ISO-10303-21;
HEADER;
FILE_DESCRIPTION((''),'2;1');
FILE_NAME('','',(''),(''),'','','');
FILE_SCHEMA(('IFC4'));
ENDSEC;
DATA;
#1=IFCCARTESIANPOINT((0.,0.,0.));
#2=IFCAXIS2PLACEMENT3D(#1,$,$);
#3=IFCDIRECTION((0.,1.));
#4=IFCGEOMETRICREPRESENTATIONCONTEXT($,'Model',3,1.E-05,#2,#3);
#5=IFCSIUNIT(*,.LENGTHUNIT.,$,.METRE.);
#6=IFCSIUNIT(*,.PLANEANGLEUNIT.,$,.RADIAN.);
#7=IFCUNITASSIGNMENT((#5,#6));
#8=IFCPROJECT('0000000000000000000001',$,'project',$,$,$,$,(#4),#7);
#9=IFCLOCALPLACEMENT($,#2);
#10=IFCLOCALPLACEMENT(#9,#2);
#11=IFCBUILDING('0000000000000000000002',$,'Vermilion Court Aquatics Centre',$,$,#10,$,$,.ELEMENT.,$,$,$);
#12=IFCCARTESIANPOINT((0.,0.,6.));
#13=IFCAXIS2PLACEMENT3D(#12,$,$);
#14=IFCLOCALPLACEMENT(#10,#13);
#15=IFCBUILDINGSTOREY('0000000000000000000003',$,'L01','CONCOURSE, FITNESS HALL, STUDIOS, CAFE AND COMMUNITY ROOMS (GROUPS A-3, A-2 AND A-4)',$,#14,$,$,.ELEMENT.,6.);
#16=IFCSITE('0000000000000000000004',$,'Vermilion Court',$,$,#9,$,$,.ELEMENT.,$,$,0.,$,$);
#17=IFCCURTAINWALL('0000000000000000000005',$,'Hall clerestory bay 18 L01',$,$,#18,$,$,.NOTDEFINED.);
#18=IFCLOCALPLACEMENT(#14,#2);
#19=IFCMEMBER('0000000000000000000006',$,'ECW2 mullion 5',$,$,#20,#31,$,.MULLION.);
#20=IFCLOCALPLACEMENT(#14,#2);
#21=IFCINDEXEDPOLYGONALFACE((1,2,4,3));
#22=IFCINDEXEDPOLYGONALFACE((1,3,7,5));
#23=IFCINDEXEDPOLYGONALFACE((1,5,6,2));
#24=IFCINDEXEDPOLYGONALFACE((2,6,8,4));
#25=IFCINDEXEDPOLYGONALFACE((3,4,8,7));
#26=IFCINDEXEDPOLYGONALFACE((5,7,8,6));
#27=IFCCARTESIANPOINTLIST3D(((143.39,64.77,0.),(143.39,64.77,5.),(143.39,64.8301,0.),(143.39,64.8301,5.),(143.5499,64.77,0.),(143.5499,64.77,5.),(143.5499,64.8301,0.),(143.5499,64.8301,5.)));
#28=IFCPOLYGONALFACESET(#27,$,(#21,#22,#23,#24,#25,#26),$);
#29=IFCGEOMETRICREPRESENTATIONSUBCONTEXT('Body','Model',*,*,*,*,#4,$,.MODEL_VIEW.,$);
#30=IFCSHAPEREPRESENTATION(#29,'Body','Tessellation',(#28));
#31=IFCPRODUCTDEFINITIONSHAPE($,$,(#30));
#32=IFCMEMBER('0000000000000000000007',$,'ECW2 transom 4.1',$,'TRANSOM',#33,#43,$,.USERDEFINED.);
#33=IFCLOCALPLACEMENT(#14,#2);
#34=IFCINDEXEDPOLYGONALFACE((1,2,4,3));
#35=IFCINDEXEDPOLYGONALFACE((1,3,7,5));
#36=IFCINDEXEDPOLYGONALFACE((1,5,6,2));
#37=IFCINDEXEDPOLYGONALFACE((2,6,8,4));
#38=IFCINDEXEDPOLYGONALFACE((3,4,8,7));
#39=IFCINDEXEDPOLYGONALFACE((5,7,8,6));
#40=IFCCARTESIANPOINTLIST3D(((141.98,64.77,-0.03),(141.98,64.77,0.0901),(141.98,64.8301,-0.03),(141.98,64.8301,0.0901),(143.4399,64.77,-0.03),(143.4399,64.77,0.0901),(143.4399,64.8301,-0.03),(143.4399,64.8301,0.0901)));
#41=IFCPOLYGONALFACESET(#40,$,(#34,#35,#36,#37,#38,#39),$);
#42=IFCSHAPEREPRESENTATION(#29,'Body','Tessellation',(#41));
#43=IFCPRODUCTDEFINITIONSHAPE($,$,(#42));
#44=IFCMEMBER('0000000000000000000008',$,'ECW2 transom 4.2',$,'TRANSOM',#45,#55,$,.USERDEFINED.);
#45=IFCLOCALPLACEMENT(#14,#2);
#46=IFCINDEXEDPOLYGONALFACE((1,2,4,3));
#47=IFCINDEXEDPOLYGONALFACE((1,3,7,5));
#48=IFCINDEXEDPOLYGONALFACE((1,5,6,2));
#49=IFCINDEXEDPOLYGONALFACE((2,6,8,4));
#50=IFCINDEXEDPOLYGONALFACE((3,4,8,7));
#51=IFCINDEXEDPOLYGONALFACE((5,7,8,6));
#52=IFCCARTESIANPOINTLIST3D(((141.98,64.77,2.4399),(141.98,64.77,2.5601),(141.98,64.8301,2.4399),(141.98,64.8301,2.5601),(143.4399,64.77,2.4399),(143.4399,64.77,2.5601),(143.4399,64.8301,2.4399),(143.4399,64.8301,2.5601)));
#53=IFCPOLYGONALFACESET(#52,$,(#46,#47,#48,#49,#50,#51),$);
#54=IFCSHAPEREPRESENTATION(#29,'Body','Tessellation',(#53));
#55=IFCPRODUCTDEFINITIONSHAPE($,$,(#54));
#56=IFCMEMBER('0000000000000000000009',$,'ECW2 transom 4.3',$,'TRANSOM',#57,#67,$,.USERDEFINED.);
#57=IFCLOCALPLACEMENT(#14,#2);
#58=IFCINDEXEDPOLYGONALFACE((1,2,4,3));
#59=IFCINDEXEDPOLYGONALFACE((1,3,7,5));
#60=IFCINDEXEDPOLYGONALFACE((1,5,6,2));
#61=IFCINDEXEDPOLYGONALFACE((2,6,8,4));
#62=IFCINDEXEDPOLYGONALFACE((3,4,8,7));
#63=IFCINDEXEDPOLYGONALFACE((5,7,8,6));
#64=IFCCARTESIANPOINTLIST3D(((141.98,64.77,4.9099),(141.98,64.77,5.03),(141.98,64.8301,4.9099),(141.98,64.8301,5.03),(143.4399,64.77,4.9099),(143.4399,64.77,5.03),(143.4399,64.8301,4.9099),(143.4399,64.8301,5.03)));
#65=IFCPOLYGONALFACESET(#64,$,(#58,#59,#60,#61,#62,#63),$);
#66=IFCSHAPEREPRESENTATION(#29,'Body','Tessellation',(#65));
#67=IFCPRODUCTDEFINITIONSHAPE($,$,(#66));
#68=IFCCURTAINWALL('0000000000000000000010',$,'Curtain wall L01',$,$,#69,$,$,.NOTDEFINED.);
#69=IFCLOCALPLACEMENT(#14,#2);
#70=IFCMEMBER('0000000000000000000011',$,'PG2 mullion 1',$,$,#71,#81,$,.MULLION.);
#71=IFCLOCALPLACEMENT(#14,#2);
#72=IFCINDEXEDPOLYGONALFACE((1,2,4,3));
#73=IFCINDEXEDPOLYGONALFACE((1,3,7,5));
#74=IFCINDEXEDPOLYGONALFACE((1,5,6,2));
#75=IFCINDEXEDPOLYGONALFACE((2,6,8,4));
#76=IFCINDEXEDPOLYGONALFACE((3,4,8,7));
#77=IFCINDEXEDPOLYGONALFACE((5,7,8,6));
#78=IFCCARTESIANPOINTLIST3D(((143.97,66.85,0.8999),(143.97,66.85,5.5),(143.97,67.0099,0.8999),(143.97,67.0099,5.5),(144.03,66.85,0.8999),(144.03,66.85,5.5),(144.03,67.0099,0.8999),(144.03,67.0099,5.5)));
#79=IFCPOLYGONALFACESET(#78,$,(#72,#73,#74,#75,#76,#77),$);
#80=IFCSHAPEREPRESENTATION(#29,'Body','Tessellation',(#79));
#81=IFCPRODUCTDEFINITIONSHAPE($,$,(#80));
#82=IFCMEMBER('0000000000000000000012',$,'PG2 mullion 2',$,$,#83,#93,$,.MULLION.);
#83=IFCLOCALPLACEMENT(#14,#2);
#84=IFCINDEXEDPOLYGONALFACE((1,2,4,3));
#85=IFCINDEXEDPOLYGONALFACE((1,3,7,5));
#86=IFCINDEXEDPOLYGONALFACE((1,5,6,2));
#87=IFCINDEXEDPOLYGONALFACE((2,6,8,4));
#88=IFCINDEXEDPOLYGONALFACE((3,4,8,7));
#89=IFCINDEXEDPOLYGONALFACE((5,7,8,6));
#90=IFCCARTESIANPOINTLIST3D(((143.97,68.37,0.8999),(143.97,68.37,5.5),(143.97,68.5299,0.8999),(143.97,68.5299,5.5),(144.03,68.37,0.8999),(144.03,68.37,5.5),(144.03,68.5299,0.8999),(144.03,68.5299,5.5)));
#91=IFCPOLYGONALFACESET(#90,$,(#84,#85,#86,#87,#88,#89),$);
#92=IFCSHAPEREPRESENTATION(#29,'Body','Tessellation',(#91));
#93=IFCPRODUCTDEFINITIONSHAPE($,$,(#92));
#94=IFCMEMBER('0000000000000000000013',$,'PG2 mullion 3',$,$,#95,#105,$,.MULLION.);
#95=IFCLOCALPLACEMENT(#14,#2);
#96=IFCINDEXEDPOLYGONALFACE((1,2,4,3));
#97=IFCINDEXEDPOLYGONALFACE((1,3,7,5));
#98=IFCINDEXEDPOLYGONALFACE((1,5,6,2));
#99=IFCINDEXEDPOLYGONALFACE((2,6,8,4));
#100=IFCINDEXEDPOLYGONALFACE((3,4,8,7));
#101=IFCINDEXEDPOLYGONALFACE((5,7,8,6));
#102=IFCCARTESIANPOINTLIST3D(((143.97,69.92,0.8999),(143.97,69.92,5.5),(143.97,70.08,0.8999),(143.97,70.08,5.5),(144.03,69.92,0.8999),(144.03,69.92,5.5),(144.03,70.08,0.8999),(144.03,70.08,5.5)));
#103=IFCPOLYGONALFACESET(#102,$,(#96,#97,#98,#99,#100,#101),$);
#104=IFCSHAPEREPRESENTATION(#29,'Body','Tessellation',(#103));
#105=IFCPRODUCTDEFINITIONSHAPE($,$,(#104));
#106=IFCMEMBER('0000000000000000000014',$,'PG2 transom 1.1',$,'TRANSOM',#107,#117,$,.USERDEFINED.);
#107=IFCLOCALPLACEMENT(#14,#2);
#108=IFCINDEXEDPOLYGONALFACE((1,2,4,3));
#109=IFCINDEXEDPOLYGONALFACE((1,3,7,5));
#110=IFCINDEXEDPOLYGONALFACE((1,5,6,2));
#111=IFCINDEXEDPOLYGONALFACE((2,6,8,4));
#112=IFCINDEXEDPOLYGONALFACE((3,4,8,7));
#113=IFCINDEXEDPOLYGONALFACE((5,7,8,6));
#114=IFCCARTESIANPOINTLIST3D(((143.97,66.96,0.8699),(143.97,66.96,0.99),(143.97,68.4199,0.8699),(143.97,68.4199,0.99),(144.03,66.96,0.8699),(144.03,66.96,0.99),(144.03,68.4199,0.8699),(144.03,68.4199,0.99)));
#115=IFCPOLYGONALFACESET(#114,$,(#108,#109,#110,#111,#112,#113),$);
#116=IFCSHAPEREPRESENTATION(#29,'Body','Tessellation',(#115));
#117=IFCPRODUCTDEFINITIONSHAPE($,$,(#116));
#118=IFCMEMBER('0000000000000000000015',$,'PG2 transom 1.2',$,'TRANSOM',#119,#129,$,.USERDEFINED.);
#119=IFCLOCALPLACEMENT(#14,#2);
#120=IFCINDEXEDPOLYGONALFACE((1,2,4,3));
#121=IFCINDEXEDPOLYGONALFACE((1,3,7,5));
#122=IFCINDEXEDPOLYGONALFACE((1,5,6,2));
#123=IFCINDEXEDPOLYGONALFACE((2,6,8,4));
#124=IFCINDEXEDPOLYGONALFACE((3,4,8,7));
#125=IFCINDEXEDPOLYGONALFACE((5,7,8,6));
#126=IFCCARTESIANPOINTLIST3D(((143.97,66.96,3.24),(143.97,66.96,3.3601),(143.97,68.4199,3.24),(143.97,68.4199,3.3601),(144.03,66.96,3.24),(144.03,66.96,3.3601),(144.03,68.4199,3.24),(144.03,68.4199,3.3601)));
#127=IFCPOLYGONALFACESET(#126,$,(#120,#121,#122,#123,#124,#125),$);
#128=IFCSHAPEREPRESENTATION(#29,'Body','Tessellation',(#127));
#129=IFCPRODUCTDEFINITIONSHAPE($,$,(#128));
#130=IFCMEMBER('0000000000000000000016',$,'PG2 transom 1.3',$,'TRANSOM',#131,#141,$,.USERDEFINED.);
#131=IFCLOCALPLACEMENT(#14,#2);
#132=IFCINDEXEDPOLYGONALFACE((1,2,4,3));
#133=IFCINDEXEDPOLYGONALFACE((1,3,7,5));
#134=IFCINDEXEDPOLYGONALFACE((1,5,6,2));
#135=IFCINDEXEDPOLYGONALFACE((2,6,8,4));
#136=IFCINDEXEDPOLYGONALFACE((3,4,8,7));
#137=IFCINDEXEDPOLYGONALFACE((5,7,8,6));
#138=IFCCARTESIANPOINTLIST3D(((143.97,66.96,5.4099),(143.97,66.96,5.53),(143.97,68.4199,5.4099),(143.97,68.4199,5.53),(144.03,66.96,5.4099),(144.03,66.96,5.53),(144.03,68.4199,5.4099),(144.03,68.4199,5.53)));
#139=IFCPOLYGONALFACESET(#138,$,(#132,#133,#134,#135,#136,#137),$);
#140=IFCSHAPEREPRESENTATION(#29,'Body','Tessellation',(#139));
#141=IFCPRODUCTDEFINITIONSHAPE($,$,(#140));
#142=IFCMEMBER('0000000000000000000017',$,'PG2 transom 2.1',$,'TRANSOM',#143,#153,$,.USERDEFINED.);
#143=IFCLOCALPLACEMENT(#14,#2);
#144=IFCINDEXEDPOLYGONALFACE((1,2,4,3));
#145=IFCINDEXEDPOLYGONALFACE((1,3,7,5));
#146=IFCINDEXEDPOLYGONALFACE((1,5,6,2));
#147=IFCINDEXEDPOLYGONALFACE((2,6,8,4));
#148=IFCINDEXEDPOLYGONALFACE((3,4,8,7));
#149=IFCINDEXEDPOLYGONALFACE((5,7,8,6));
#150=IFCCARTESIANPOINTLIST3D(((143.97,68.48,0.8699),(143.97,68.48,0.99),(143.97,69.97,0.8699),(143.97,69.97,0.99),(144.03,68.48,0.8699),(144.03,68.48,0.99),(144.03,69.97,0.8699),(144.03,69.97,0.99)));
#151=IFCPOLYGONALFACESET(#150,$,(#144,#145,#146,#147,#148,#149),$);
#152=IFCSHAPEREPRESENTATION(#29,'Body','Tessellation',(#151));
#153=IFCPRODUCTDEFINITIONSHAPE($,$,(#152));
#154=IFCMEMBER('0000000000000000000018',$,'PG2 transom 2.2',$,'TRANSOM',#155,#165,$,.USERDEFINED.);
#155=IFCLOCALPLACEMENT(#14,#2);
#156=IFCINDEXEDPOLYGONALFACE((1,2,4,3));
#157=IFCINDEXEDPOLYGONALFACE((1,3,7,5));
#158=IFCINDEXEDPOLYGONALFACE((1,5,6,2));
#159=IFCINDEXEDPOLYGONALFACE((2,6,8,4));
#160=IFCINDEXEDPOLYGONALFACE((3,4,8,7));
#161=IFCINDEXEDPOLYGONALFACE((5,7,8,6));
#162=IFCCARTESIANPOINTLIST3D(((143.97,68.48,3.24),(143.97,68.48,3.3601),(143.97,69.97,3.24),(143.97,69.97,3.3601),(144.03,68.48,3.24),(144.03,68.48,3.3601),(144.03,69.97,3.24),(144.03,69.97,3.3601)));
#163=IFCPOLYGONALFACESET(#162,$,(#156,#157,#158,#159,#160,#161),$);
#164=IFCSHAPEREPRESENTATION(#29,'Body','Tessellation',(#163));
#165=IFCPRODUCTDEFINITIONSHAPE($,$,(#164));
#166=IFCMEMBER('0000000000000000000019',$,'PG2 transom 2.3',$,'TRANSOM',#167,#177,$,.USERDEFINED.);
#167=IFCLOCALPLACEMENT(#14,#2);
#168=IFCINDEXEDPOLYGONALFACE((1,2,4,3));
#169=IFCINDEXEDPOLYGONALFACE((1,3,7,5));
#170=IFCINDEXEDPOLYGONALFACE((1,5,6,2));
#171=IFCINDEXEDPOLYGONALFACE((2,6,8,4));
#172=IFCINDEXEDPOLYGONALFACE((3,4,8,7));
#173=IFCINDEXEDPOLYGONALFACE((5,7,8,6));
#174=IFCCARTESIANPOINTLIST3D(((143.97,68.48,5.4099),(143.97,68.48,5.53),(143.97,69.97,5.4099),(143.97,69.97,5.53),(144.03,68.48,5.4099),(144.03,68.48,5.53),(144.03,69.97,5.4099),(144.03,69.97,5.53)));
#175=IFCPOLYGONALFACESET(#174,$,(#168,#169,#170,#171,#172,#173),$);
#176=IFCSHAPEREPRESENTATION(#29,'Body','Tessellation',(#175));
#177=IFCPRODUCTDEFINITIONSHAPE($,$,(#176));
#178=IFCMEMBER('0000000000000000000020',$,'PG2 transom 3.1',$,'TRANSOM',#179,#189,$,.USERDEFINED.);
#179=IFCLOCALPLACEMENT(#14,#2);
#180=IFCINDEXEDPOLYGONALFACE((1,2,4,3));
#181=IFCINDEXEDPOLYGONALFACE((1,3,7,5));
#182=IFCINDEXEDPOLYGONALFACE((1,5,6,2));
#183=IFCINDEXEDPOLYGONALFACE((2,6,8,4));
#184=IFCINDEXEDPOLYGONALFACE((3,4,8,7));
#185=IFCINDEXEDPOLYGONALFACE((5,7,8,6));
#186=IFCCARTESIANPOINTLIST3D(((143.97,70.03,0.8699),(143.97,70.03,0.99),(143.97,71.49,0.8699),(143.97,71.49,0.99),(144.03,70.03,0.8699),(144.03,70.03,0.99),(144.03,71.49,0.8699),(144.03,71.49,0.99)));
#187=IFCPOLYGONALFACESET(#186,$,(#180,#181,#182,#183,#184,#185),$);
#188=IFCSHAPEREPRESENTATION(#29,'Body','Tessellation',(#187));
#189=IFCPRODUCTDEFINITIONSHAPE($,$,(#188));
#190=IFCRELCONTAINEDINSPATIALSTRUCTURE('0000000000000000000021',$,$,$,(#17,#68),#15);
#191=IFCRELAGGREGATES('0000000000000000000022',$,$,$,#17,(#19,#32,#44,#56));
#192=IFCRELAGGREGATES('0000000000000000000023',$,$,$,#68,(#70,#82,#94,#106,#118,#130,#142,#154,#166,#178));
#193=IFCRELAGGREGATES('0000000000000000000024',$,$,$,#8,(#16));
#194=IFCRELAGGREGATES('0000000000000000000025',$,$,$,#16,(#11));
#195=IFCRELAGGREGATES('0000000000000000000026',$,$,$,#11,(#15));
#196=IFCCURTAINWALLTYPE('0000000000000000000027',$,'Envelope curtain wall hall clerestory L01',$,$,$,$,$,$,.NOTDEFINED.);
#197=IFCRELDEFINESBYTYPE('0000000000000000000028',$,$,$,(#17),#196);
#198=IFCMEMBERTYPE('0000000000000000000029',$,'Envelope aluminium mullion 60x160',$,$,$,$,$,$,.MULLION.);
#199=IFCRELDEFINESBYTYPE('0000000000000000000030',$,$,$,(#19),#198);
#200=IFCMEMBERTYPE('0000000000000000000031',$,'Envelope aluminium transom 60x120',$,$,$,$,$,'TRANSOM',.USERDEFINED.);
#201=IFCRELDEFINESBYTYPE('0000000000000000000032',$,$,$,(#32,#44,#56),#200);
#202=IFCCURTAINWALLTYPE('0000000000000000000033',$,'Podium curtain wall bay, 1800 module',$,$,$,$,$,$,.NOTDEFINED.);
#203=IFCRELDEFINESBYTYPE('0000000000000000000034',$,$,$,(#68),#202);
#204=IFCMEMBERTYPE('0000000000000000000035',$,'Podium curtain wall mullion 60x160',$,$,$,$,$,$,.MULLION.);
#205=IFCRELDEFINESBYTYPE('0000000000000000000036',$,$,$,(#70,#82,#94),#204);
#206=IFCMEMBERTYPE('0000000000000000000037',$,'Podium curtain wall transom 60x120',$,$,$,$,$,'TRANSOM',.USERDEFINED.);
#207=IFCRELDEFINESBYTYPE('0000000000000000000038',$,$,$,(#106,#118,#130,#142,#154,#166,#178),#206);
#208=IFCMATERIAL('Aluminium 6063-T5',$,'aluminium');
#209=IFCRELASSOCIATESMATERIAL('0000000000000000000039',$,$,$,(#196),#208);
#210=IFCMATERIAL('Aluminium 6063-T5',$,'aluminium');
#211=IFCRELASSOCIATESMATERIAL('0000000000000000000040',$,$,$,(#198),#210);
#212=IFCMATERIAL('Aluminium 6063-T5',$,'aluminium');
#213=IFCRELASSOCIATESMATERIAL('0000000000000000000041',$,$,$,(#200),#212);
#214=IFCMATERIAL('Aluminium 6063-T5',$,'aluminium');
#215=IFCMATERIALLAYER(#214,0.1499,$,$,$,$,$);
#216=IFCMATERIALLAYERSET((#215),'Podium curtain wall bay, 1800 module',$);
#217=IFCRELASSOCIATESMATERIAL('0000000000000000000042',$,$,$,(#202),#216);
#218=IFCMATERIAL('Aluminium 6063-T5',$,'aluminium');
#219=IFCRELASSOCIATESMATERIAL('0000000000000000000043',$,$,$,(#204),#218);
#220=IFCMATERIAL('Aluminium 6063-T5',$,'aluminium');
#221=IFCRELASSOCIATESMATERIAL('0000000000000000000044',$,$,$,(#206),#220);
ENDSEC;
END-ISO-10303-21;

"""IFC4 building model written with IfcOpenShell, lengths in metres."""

from ifc_helpers import new_model, si_unit, direction, frame, origin, origin_2d, place, context, subcontext, project, spatial, rectangle, extrude, material, layer, layer_set, material_profile, profile_set, type_object, element, aggregate, save


model = new_model("IFC4")

# Units and contexts
model_context = context("Model", 3, precision=1e-05, world=origin(), true_north=direction((0.0, 1.0)))
body_context = subcontext(model_context, "Body", "Model", "MODEL_VIEW")
ifc_project = project(units=[si_unit("LENGTHUNIT", "METRE"), si_unit("PLANEANGLEUNIT", "RADIAN")], contexts=[model_context])

# Site, building, storey
site_placement = place(None, origin())
site = spatial("IfcSite", under=ifc_project, at=site_placement, Name="Vermilion Court", CompositionType="ELEMENT", RefElevation=0.0)
building_placement = place(site_placement, origin())
building = spatial("IfcBuilding", under=site, at=building_placement, Name="Vermilion Court Aquatics Centre", CompositionType="ELEMENT")
storey_placement = place(building_placement, frame((0.0, 0.0, 6.0)))
storey = spatial("IfcBuildingStorey", under=building, at=storey_placement, Name="L01", Description="CONCOURSE, FITNESS HALL, STUDIOS, CAFE AND COMMUNITY ROOMS (GROUPS A-3, A-2 AND A-4)", CompositionType="ELEMENT", Elevation=6.0)

# Curtain walls, members
ifc_material_1 = material(Name="Aluminium 6063-T5", Category="aluminium")
curtain_wall_type_1 = type_object("IfcCurtainWallType", Name="Envelope curtain wall hall clerestory L01", PredefinedType="NOTDEFINED", material=ifc_material_1)
curtain_wall_1_placement = place(storey_placement, origin())
curtain_wall_1 = element("IfcCurtainWall", 1, at=curtain_wall_1_placement, inside=storey, type_object=curtain_wall_type_1, Name="Hall clerestory bay 18 L01", PredefinedType="NOTDEFINED")
ifc_material_2 = material(Name="Aluminium 6063-T5", Category="aluminium")
ifc_material_profile_1 = material_profile(ifc_material_2, rectangle(XDim=0.0601, YDim=0.1599, at=origin_2d()), Name="AL 60x160")
ifc_profile_set_1 = profile_set([ifc_material_profile_1], Name="Aluminium 6063-T5")
member_type_1 = type_object("IfcMemberType", Name="Envelope aluminium mullion 60x160", PredefinedType="MULLION", material=ifc_profile_set_1)
member_1_placement = place(storey_placement, frame((143.47, 64.8, 0.0), z_axis=(0.0, 0.0, 1.0), x_axis=(0.0, 1.0, 0.0)))
member_1 = element("IfcMember", 2, at=member_1_placement, type_object=member_type_1, Name="ECW2 mullion 5", PredefinedType="MULLION", context=body_context, shape_type="SweptSolid", body=[
    extrude(rectangle(XDim=0.0601, YDim=0.1599, at=origin_2d()), origin(), (0.0, 0.0, 1.0), 5.0),
])
ifc_material_3 = material(Name="Aluminium 6063-T5", Category="aluminium")
ifc_material_profile_2 = material_profile(ifc_material_3, rectangle(XDim=0.0601, YDim=0.1201, at=origin_2d()), Name="AL 60x120")
ifc_profile_set_2 = profile_set([ifc_material_profile_2], Name="Aluminium 6063-T5")
member_type_2 = type_object("IfcMemberType", Name="Envelope aluminium transom 60x120", ElementType="TRANSOM", PredefinedType="USERDEFINED", material=ifc_profile_set_2)
member_2_placement = place(storey_placement, frame((141.98, 64.8, 0.03), z_axis=(1.0, 0.0, 0.0), x_axis=(0.0, 1.0, 0.0)))
member_2 = element("IfcMember", 3, at=member_2_placement, type_object=member_type_2, Name="ECW2 transom 4.1", ObjectType="TRANSOM", PredefinedType="USERDEFINED", context=body_context, shape_type="SweptSolid", body=[
    extrude(rectangle(XDim=0.0601, YDim=0.1201, at=origin_2d()), origin(), (0.0, 0.0, 1.0), 1.46),
])
member_3_placement = place(storey_placement, frame((141.98, 64.8, 2.5), z_axis=(1.0, 0.0, 0.0), x_axis=(0.0, 1.0, 0.0)))
member_3 = element("IfcMember", 4, at=member_3_placement, type_object=member_type_2, Name="ECW2 transom 4.2", ObjectType="TRANSOM", PredefinedType="USERDEFINED", context=body_context, shape_type="SweptSolid", body=[
    extrude(rectangle(XDim=0.0601, YDim=0.1201, at=origin_2d()), origin(), (0.0, 0.0, 1.0), 1.46),
])
member_4_placement = place(storey_placement, frame((141.98, 64.8, 4.97), z_axis=(1.0, 0.0, 0.0), x_axis=(0.0, 1.0, 0.0)))
member_4 = element("IfcMember", 5, at=member_4_placement, type_object=member_type_2, Name="ECW2 transom 4.3", ObjectType="TRANSOM", PredefinedType="USERDEFINED", context=body_context, shape_type="SweptSolid", body=[
    extrude(rectangle(XDim=0.0601, YDim=0.1201, at=origin_2d()), origin(), (0.0, 0.0, 1.0), 1.46),
])
ifc_material_4 = material(Name="Aluminium 6063-T5", Category="aluminium")
ifc_layer_1 = layer(ifc_material_4, 0.1499)
ifc_layer_set_1 = layer_set([ifc_layer_1], Name="Podium curtain wall bay, 1800 module")
curtain_wall_type_2 = type_object("IfcCurtainWallType", Name="Podium curtain wall bay, 1800 module", PredefinedType="NOTDEFINED", material=ifc_layer_set_1)
curtain_wall_2_placement = place(storey_placement, origin())
curtain_wall_2 = element("IfcCurtainWall", 6, at=curtain_wall_2_placement, inside=storey, type_object=curtain_wall_type_2, Name="Curtain wall L01", PredefinedType="NOTDEFINED")
ifc_material_5 = material(Name="Aluminium 6063-T5", Category="aluminium")
ifc_material_profile_3 = material_profile(ifc_material_5, rectangle(XDim=0.0601, YDim=0.1599, at=origin_2d()), Name="Mullion 60x160")
ifc_profile_set_3 = profile_set([ifc_material_profile_3], Name="Aluminium 6063-T5")
member_type_3 = type_object("IfcMemberType", Name="Podium curtain wall mullion 60x160", PredefinedType="MULLION", material=ifc_profile_set_3)
member_5_placement = place(storey_placement, frame((144.0, 66.9299, 0.8999), z_axis=(0.0, 0.0, 1.0), x_axis=(-1.0, 0.0, 0.0)))
member_5 = element("IfcMember", 7, at=member_5_placement, type_object=member_type_3, Name="PG2 mullion 1", PredefinedType="MULLION", context=body_context, shape_type="SweptSolid", body=[
    extrude(rectangle(XDim=0.0601, YDim=0.1599, at=origin_2d()), origin(), (0.0, 0.0, 1.0), 4.6001),
])
member_6_placement = place(storey_placement, frame((144.0, 68.45, 0.8999), z_axis=(0.0, 0.0, 1.0), x_axis=(-1.0, 0.0, 0.0)))
member_6 = element("IfcMember", 8, at=member_6_placement, type_object=member_type_3, Name="PG2 mullion 2", PredefinedType="MULLION", context=body_context, shape_type="SweptSolid", body=[
    extrude(rectangle(XDim=0.0601, YDim=0.1599, at=origin_2d()), origin(), (0.0, 0.0, 1.0), 4.6001),
])
member_7_placement = place(storey_placement, frame((144.0, 70.0, 0.8999), z_axis=(0.0, 0.0, 1.0), x_axis=(-1.0, 0.0, 0.0)))
member_7 = element("IfcMember", 9, at=member_7_placement, type_object=member_type_3, Name="PG2 mullion 3", PredefinedType="MULLION", context=body_context, shape_type="SweptSolid", body=[
    extrude(rectangle(XDim=0.0601, YDim=0.1599, at=origin_2d()), origin(), (0.0, 0.0, 1.0), 4.6001),
])
ifc_material_6 = material(Name="Aluminium 6063-T5", Category="aluminium")
ifc_material_profile_4 = material_profile(ifc_material_6, rectangle(XDim=0.0601, YDim=0.1201, at=origin_2d()), Name="Transom 60x120")
ifc_profile_set_4 = profile_set([ifc_material_profile_4], Name="Aluminium 6063-T5")
member_type_4 = type_object("IfcMemberType", Name="Podium curtain wall transom 60x120", ElementType="TRANSOM", PredefinedType="USERDEFINED", material=ifc_profile_set_4)
member_8_placement = place(storey_placement, frame((144.0, 66.96, 0.9299), z_axis=(0.0, 1.0, 0.0), x_axis=(-1.0, 0.0, 0.0)))
member_8 = element("IfcMember", 10, at=member_8_placement, type_object=member_type_4, Name="PG2 transom 1.1", ObjectType="TRANSOM", PredefinedType="USERDEFINED", context=body_context, shape_type="SweptSolid", body=[
    extrude(rectangle(XDim=0.0601, YDim=0.1201, at=origin_2d()), origin(), (0.0, 0.0, 1.0), 1.46),
])
member_9_placement = place(storey_placement, frame((144.0, 66.96, 3.3), z_axis=(0.0, 1.0, 0.0), x_axis=(-1.0, 0.0, 0.0)))
member_9 = element("IfcMember", 11, at=member_9_placement, type_object=member_type_4, Name="PG2 transom 1.2", ObjectType="TRANSOM", PredefinedType="USERDEFINED", context=body_context, shape_type="SweptSolid", body=[
    extrude(rectangle(XDim=0.0601, YDim=0.1201, at=origin_2d()), origin(), (0.0, 0.0, 1.0), 1.46),
])
member_10_placement = place(storey_placement, frame((144.0, 66.96, 5.47), z_axis=(0.0, 1.0, 0.0), x_axis=(-1.0, 0.0, 0.0)))
member_10 = element("IfcMember", 12, at=member_10_placement, type_object=member_type_4, Name="PG2 transom 1.3", ObjectType="TRANSOM", PredefinedType="USERDEFINED", context=body_context, shape_type="SweptSolid", body=[
    extrude(rectangle(XDim=0.0601, YDim=0.1201, at=origin_2d()), origin(), (0.0, 0.0, 1.0), 1.46),
])
member_11_placement = place(storey_placement, frame((144.0, 68.48, 0.9299), z_axis=(0.0, 1.0, 0.0), x_axis=(-1.0, 0.0, 0.0)))
member_11 = element("IfcMember", 13, at=member_11_placement, type_object=member_type_4, Name="PG2 transom 2.1", ObjectType="TRANSOM", PredefinedType="USERDEFINED", context=body_context, shape_type="SweptSolid", body=[
    extrude(rectangle(XDim=0.0601, YDim=0.1201, at=origin_2d()), origin(), (0.0, 0.0, 1.0), 1.49),
])
member_12_placement = place(storey_placement, frame((144.0, 68.48, 3.3), z_axis=(0.0, 1.0, 0.0), x_axis=(-1.0, 0.0, 0.0)))
member_12 = element("IfcMember", 14, at=member_12_placement, type_object=member_type_4, Name="PG2 transom 2.2", ObjectType="TRANSOM", PredefinedType="USERDEFINED", context=body_context, shape_type="SweptSolid", body=[
    extrude(rectangle(XDim=0.0601, YDim=0.1201, at=origin_2d()), origin(), (0.0, 0.0, 1.0), 1.49),
])
member_13_placement = place(storey_placement, frame((144.0, 68.48, 5.47), z_axis=(0.0, 1.0, 0.0), x_axis=(-1.0, 0.0, 0.0)))
member_13 = element("IfcMember", 15, at=member_13_placement, type_object=member_type_4, Name="PG2 transom 2.3", ObjectType="TRANSOM", PredefinedType="USERDEFINED", context=body_context, shape_type="SweptSolid", body=[
    extrude(rectangle(XDim=0.0601, YDim=0.1201, at=origin_2d()), origin(), (0.0, 0.0, 1.0), 1.49),
])
member_14_placement = place(storey_placement, frame((144.0, 70.03, 0.9299), z_axis=(0.0, 1.0, 0.0), x_axis=(-1.0, 0.0, 0.0)))
member_14 = element("IfcMember", 16, at=member_14_placement, type_object=member_type_4, Name="PG2 transom 3.1", ObjectType="TRANSOM", PredefinedType="USERDEFINED", context=body_context, shape_type="SweptSolid", body=[
    extrude(rectangle(XDim=0.0601, YDim=0.1201, at=origin_2d()), origin(), (0.0, 0.0, 1.0), 1.46),
])

aggregate(curtain_wall_1, [member_1, member_2, member_3, member_4])
aggregate(curtain_wall_2, [member_5, member_6, member_7, member_8, member_9, member_10, member_11, member_12, member_13, member_14])

save(model, "model.ifc")
